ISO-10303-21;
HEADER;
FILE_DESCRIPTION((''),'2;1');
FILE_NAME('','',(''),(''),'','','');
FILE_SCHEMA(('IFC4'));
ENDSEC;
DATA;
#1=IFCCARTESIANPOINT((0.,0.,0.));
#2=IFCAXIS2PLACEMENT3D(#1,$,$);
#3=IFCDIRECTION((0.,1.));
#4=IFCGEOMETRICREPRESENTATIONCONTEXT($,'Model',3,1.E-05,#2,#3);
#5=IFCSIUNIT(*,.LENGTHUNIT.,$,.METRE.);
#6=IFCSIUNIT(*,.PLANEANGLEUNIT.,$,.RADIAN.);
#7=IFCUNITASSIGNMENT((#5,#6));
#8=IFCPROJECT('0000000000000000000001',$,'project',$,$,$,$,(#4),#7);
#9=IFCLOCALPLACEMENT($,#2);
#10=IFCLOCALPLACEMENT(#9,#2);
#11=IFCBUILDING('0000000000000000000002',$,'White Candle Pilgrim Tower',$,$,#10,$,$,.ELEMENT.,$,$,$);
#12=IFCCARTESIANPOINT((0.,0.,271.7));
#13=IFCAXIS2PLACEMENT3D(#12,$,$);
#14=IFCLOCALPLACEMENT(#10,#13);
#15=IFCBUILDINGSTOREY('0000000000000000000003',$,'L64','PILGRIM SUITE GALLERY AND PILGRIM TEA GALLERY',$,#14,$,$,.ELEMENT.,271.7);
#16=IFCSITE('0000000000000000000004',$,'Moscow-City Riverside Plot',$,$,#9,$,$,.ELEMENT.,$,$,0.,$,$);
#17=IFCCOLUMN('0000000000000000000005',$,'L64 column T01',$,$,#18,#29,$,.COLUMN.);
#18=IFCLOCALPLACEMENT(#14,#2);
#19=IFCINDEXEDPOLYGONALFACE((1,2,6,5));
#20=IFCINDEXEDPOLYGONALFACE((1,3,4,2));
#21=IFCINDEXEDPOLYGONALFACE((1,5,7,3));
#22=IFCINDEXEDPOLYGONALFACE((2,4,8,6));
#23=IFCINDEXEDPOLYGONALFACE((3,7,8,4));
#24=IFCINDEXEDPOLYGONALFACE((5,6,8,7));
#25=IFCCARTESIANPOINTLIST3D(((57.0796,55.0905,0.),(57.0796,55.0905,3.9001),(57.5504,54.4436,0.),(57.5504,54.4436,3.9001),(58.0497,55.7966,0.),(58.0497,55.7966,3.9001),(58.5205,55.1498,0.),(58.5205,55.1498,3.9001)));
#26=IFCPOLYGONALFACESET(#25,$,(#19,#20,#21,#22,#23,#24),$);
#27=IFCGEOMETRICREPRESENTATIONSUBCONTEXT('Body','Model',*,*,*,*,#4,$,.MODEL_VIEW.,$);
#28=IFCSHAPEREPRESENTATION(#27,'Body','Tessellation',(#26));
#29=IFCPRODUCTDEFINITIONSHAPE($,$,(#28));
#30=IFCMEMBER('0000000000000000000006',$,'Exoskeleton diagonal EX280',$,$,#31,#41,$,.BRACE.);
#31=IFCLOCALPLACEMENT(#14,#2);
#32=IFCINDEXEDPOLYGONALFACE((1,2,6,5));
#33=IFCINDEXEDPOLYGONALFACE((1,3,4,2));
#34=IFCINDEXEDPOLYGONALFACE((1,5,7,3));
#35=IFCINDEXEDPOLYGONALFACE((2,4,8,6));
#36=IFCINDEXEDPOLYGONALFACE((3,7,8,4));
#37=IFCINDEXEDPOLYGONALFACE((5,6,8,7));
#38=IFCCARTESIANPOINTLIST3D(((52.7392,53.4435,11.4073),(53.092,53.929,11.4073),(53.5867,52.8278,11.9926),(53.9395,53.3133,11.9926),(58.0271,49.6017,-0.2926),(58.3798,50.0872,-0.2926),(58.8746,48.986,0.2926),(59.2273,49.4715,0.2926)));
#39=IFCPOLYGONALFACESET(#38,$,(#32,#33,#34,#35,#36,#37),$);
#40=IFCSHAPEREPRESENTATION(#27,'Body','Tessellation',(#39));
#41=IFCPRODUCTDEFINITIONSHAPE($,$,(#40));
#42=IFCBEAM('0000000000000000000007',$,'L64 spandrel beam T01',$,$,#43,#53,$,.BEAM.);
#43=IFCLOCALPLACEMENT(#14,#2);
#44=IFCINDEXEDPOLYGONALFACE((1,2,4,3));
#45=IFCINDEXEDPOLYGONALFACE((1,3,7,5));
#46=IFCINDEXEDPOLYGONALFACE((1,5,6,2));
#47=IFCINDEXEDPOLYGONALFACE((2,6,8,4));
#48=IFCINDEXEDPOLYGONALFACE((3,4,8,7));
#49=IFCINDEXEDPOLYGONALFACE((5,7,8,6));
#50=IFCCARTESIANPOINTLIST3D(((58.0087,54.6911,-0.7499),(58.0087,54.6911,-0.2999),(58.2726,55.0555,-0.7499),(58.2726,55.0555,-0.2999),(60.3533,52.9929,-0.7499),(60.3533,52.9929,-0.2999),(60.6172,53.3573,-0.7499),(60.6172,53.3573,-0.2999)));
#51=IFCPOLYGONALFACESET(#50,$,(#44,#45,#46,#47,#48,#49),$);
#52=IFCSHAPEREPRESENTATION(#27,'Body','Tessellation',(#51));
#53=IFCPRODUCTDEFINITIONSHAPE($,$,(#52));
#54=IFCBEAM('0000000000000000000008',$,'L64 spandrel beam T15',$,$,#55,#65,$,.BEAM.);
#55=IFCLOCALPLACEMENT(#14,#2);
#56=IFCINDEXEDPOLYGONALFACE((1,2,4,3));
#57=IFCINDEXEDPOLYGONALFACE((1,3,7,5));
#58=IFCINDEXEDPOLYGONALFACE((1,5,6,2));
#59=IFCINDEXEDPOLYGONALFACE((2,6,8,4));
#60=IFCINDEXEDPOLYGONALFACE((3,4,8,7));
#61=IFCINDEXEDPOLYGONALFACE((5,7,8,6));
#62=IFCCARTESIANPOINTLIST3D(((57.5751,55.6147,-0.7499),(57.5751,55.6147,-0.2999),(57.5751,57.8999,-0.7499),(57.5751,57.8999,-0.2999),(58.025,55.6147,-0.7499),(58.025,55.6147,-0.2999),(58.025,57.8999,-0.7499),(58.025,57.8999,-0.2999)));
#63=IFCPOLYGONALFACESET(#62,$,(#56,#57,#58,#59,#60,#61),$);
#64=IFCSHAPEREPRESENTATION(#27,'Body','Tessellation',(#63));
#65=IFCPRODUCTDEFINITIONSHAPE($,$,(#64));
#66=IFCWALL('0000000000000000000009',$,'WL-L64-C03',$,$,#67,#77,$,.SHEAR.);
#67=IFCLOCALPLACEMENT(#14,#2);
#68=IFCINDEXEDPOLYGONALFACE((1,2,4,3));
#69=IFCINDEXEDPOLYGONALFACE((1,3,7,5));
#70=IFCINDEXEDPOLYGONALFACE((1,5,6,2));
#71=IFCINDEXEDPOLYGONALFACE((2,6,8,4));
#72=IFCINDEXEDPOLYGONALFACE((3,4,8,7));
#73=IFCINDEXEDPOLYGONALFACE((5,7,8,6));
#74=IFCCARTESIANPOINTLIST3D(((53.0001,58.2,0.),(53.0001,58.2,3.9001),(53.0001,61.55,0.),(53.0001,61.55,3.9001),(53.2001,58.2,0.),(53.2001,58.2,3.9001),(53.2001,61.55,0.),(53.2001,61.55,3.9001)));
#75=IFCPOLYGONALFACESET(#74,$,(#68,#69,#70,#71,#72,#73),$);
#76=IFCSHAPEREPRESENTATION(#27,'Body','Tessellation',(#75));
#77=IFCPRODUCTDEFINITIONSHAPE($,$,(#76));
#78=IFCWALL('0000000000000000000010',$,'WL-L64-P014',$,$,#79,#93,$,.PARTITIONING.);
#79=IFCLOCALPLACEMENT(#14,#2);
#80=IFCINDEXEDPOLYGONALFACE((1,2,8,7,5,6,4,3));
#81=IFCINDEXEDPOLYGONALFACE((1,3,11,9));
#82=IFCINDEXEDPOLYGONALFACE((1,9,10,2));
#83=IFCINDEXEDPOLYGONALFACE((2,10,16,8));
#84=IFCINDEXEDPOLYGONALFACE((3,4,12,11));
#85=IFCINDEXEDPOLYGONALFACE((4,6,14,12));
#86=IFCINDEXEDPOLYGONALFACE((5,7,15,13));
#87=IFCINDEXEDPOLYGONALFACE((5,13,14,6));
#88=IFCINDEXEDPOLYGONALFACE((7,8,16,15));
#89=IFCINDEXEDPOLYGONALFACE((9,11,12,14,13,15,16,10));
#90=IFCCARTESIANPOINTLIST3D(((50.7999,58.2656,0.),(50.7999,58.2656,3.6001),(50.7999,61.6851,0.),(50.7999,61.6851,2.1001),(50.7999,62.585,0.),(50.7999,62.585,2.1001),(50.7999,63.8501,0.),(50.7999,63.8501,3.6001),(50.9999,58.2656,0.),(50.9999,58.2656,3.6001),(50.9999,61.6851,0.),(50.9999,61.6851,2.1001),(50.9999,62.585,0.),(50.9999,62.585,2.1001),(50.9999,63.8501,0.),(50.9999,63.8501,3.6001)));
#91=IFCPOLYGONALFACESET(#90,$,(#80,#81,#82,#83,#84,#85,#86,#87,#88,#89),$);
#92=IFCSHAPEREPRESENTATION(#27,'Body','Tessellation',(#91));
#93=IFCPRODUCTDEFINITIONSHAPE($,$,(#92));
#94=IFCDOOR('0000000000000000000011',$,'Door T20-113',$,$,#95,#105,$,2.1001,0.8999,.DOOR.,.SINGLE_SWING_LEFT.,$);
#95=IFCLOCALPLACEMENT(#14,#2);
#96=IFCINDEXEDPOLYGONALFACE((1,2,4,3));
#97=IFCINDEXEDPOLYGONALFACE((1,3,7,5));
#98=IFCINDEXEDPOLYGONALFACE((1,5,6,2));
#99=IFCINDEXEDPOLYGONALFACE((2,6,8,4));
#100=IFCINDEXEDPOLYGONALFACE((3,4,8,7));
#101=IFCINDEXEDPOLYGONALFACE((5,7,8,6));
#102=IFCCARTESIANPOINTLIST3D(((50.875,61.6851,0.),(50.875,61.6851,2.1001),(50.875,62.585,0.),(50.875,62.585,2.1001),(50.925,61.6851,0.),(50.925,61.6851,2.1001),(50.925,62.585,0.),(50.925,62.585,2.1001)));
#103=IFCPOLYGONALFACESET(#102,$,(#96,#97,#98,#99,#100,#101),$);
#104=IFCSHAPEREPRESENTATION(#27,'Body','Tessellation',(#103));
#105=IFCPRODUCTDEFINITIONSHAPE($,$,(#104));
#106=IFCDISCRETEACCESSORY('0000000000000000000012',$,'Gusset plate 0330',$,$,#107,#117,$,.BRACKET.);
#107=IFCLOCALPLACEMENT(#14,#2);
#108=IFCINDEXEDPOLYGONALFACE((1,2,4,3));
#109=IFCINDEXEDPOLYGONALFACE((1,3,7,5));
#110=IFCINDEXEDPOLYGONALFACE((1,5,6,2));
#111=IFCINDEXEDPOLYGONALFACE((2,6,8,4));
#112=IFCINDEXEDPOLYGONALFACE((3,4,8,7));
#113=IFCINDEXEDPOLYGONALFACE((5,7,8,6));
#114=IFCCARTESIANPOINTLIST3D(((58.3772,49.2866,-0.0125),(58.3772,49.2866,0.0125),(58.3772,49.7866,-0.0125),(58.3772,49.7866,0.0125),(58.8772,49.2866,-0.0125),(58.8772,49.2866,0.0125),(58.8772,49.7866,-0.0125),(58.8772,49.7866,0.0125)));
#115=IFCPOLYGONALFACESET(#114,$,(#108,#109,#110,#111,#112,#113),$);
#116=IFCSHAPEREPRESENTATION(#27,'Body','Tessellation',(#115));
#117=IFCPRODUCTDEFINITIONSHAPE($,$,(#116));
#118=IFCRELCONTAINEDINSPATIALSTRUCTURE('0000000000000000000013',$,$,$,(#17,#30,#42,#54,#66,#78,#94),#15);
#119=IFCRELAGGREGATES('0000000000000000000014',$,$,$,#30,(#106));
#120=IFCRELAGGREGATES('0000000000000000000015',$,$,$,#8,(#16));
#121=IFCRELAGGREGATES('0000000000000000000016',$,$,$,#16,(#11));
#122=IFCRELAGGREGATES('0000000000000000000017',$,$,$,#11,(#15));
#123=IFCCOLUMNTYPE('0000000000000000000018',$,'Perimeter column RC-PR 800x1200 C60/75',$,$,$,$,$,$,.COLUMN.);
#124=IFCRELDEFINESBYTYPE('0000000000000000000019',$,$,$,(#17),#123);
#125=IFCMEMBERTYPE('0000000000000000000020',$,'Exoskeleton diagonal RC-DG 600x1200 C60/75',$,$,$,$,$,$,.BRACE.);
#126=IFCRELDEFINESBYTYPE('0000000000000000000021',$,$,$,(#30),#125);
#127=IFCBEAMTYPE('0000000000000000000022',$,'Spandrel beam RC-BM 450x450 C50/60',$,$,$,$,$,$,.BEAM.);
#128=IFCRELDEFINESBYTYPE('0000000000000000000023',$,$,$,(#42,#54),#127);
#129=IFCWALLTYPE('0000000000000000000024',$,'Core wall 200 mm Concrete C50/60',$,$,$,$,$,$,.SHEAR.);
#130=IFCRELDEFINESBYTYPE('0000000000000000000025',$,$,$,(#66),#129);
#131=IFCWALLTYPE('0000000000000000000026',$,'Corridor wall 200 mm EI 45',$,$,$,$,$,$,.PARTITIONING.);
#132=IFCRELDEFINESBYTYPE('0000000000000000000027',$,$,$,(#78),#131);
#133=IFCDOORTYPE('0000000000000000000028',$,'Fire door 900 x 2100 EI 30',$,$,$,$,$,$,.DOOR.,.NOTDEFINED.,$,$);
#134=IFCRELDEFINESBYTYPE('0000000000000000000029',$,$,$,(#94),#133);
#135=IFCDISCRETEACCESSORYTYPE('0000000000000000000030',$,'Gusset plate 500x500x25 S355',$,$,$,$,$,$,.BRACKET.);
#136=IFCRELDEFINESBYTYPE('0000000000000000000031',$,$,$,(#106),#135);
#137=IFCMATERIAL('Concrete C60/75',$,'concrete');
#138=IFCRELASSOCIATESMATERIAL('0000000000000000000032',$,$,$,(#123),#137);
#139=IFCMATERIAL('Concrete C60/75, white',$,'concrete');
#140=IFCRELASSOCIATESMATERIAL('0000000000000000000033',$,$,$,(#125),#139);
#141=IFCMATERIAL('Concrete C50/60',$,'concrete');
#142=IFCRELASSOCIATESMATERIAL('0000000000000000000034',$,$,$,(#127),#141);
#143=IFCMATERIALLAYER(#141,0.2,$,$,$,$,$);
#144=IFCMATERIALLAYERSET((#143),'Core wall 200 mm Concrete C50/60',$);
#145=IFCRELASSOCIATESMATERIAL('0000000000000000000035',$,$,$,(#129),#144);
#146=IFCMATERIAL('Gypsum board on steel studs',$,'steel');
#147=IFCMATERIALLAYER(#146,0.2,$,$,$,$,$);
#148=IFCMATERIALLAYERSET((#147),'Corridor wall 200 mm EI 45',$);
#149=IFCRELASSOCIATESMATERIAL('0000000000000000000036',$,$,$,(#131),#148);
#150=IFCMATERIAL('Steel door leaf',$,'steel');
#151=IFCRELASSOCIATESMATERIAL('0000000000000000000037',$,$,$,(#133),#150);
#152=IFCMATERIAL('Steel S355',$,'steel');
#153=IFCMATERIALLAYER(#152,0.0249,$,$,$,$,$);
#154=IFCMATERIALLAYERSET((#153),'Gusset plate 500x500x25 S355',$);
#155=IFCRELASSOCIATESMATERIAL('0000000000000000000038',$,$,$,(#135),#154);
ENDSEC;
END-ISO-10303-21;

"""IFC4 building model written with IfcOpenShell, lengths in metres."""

from ifc_helpers import new_model, si_unit, direction, frame, frame_2d, origin, origin_2d, place, context, subcontext, project, spatial, rectangle, extrude, material, layer, layer_set, material_profile, profile_set, type_object, element, fill, aggregate, save


model = new_model("IFC4")

# Units and contexts
model_context = context("Model", 3, precision=1e-05, world=origin(), true_north=direction((0.0, 1.0)))
body_context = subcontext(model_context, "Body", "Model", "MODEL_VIEW")
ifc_project = project(units=[si_unit("LENGTHUNIT", "METRE"), si_unit("PLANEANGLEUNIT", "RADIAN")], contexts=[model_context])

# Site, building, storey
site_placement = place(None, origin())
site = spatial("IfcSite", under=ifc_project, at=site_placement, Name="Moscow-City Riverside Plot", CompositionType="ELEMENT", RefElevation=0.0)
building_placement = place(site_placement, origin())
building = spatial("IfcBuilding", under=site, at=building_placement, Name="White Candle Pilgrim Tower", CompositionType="ELEMENT")
storey_placement = place(building_placement, frame((0.0, 0.0, 271.7)))
storey = spatial("IfcBuildingStorey", under=building, at=storey_placement, Name="L64", Description="PILGRIM SUITE GALLERY AND PILGRIM TEA GALLERY", CompositionType="ELEMENT", Elevation=271.7)

# Column
ifc_material_1 = material(Name="Concrete C60/75", Category="concrete")
ifc_material_profile_1 = material_profile(ifc_material_1, rectangle(XDim=0.8, YDim=1.2, at=origin_2d()), Name="RC-PR 800x1200")
ifc_profile_set_1 = profile_set([ifc_material_profile_1], Name="Concrete C60/75")
column_type = type_object("IfcColumnType", Name="Perimeter column RC-PR 800x1200 C60/75", PredefinedType="COLUMN", material=ifc_profile_set_1)
column_placement = place(storey_placement, frame((57.8, 55.1201, 0.0), z_axis=(0.0, 0.0, 1.0), x_axis=(-0.588463, 0.808524, 0.0)))
element("IfcColumn", 1, at=column_placement, inside=storey, type_object=column_type, Name="L64 column T01", PredefinedType="COLUMN", context=body_context, shape_type="SweptSolid", body=[
    extrude(rectangle(XDim=0.8, YDim=1.2, at=origin_2d()), origin(), (0.0, 0.0, 1.0), 3.9001),
])

# Member
ifc_material_2 = material(Name="Concrete C60/75, white", Category="concrete")
ifc_material_profile_2 = material_profile(ifc_material_2, rectangle(XDim=0.6001, YDim=1.2, at=origin_2d()), Name="RC-DG 600x1200")
ifc_profile_set_2 = profile_set([ifc_material_profile_2], Name="Concrete C60/75, white")
member_type = type_object("IfcMemberType", Name="Exoskeleton diagonal RC-DG 600x1200 C60/75", PredefinedType="BRACE", material=ifc_profile_set_2)
member_placement = place(storey_placement, frame((58.6272, 49.5366, 0.0), z_axis=(-0.394561, 0.286662, 0.87301), x_axis=(-0.587781, -0.80902, 0.0)))
member = element("IfcMember", 2, at=member_placement, inside=storey, type_object=member_type, Name="Exoskeleton diagonal EX280", PredefinedType="BRACE", context=body_context, shape_type="SweptSolid", body=[
    extrude(rectangle(XDim=0.6001, YDim=1.2, at=origin_2d()), origin(), (0.0, 0.0, 1.0), 13.4019),
])

# Beams
ifc_material_3 = material(Name="Concrete C50/60", Category="concrete")
ifc_material_profile_3 = material_profile(ifc_material_3, rectangle(XDim=0.45, YDim=0.45, at=origin_2d()), Name="RC-BM 450x450")
ifc_profile_set_3 = profile_set([ifc_material_profile_3], Name="Concrete C50/60")
beam_type = type_object("IfcBeamType", Name="Spandrel beam RC-BM 450x450 C50/60", PredefinedType="BEAM", material=ifc_profile_set_3)
beam_1_placement = place(storey_placement, frame((58.1406, 54.8733, -0.5249), z_axis=(0.809887, -0.586586, 0.0), x_axis=(0.586586, 0.809887, 0.0)))
element("IfcBeam", 3, at=beam_1_placement, inside=storey, type_object=beam_type, Name="L64 spandrel beam T01", PredefinedType="BEAM", context=body_context, shape_type="SweptSolid", body=[
    extrude(rectangle(XDim=0.45, YDim=0.45, at=origin_2d()), origin(), (0.0, 0.0, 1.0), 2.895),
])
beam_2_placement = place(storey_placement, frame((57.8, 55.6147, -0.5249), z_axis=(0.0, 1.0, 0.0), x_axis=(-1.0, 0.0, 0.0)))
element("IfcBeam", 4, at=beam_2_placement, inside=storey, type_object=beam_type, Name="L64 spandrel beam T15", PredefinedType="BEAM", context=body_context, shape_type="SweptSolid", body=[
    extrude(rectangle(XDim=0.45, YDim=0.45, at=origin_2d()), origin(), (0.0, 0.0, 1.0), 2.2852),
])

# Wall
ifc_layer_1 = layer(ifc_material_3, 0.2)
ifc_layer_set_1 = layer_set([ifc_layer_1], Name="Core wall 200 mm Concrete C50/60")
wall_type_1 = type_object("IfcWallType", Name="Core wall 200 mm Concrete C50/60", PredefinedType="SHEAR", material=ifc_layer_set_1)
wall_1_placement = place(storey_placement, frame((53.1001, 58.2, 0.0), z_axis=(0.0, 0.0, 1.0), x_axis=(0.0, 1.0, 0.0)))
element("IfcWall", 5, at=wall_1_placement, inside=storey, type_object=wall_type_1, Name="WL-L64-C03", PredefinedType="SHEAR", context=body_context, shape_type="SweptSolid", body=[
    extrude(rectangle(XDim=3.3501, YDim=0.2, at=frame_2d((1.675, 0.0))), origin(), (0.0, 0.0, 1.0), 3.9001),
])

# Wall, opening, door
ifc_material_4 = material(Name="Gypsum board on steel studs", Category="steel")
ifc_layer_2 = layer(ifc_material_4, 0.2)
ifc_layer_set_2 = layer_set([ifc_layer_2], Name="Corridor wall 200 mm EI 45")
wall_type_2 = type_object("IfcWallType", Name="Corridor wall 200 mm EI 45", PredefinedType="PARTITIONING", material=ifc_layer_set_2)
wall_2_placement = place(storey_placement, frame((50.8999, 58.2656, 0.0), z_axis=(0.0, 0.0, 1.0), x_axis=(0.0, 1.0, 0.0)))
wall_2 = element("IfcWall", 6, at=wall_2_placement, inside=storey, type_object=wall_type_2, Name="WL-L64-P014", PredefinedType="PARTITIONING", context=body_context, shape_type="SweptSolid", body=[
    extrude(rectangle(XDim=5.5845, YDim=0.2, at=frame_2d((2.7922, 0.0))), origin(), (0.0, 0.0, 1.0), 3.6001),
])
opening_1_placement = place(wall_2_placement, frame((3.4194, 0.0, 0.0)))
opening_1 = element("IfcOpeningElement", 7, at=opening_1_placement, cuts=wall_2, PredefinedType="OPENING", context=body_context, shape_type="SweptSolid", body=[
    extrude(rectangle(XDim=0.8999, YDim=2.1001, at=frame_2d((0.45, 1.05))), frame((0.0, 0.1099, 0.0), z_axis=(0.0, -1.0, 0.0), x_axis=(1.0, 0.0, 0.0)), (0.0, 0.0, 1.0), 0.22),
])
ifc_material_5 = material(Name="Steel door leaf", Category="steel")
door_type_1 = type_object("IfcDoorType", Name="Fire door 900 x 2100 EI 30", OperationType="NOTDEFINED", PredefinedType="DOOR", material=ifc_material_5)
door_1_placement = place(opening_1_placement, origin())
door_1 = element("IfcDoor", 8, at=door_1_placement, inside=storey, type_object=door_type_1, Name="Door T20-113", OperationType="SINGLE_SWING_LEFT", OverallHeight=2.1001, OverallWidth=0.8999, PredefinedType="DOOR", context=body_context, shape_type="SweptSolid", body=[
    extrude(rectangle(XDim=0.8999, YDim=2.1001, at=frame_2d((0.45, 1.05))), frame((0.0, 0.0249, 0.0), z_axis=(0.0, -1.0, 0.0), x_axis=(1.0, 0.0, 0.0)), (0.0, 0.0, 1.0), 0.05),
])
fill(opening_1, door_1)

# Discrete accessory
ifc_material_6 = material(Name="Steel S355", Category="steel")
ifc_layer_3 = layer(ifc_material_6, 0.0249)
ifc_layer_set_3 = layer_set([ifc_layer_3], Name="Gusset plate 500x500x25 S355")
discrete_accessory_type = type_object("IfcDiscreteAccessoryType", Name="Gusset plate 500x500x25 S355", PredefinedType="BRACKET", material=ifc_layer_set_3)
discrete_accessory_placement = place(storey_placement, frame((58.6272, 49.5366, -0.0125), z_axis=(0.0, 0.0, 1.0), x_axis=(1.0, 0.0, 0.0)))
discrete_accessory = element("IfcDiscreteAccessory", 9, at=discrete_accessory_placement, type_object=discrete_accessory_type, Name="Gusset plate 0330", PredefinedType="BRACKET", context=body_context, shape_type="SweptSolid", body=[
    extrude(rectangle(XDim=0.5, YDim=0.5, at=origin_2d()), origin(), (0.0, 0.0, 1.0), 0.0249),
])
aggregate(member, [discrete_accessory])

save(model, "model.ifc")
